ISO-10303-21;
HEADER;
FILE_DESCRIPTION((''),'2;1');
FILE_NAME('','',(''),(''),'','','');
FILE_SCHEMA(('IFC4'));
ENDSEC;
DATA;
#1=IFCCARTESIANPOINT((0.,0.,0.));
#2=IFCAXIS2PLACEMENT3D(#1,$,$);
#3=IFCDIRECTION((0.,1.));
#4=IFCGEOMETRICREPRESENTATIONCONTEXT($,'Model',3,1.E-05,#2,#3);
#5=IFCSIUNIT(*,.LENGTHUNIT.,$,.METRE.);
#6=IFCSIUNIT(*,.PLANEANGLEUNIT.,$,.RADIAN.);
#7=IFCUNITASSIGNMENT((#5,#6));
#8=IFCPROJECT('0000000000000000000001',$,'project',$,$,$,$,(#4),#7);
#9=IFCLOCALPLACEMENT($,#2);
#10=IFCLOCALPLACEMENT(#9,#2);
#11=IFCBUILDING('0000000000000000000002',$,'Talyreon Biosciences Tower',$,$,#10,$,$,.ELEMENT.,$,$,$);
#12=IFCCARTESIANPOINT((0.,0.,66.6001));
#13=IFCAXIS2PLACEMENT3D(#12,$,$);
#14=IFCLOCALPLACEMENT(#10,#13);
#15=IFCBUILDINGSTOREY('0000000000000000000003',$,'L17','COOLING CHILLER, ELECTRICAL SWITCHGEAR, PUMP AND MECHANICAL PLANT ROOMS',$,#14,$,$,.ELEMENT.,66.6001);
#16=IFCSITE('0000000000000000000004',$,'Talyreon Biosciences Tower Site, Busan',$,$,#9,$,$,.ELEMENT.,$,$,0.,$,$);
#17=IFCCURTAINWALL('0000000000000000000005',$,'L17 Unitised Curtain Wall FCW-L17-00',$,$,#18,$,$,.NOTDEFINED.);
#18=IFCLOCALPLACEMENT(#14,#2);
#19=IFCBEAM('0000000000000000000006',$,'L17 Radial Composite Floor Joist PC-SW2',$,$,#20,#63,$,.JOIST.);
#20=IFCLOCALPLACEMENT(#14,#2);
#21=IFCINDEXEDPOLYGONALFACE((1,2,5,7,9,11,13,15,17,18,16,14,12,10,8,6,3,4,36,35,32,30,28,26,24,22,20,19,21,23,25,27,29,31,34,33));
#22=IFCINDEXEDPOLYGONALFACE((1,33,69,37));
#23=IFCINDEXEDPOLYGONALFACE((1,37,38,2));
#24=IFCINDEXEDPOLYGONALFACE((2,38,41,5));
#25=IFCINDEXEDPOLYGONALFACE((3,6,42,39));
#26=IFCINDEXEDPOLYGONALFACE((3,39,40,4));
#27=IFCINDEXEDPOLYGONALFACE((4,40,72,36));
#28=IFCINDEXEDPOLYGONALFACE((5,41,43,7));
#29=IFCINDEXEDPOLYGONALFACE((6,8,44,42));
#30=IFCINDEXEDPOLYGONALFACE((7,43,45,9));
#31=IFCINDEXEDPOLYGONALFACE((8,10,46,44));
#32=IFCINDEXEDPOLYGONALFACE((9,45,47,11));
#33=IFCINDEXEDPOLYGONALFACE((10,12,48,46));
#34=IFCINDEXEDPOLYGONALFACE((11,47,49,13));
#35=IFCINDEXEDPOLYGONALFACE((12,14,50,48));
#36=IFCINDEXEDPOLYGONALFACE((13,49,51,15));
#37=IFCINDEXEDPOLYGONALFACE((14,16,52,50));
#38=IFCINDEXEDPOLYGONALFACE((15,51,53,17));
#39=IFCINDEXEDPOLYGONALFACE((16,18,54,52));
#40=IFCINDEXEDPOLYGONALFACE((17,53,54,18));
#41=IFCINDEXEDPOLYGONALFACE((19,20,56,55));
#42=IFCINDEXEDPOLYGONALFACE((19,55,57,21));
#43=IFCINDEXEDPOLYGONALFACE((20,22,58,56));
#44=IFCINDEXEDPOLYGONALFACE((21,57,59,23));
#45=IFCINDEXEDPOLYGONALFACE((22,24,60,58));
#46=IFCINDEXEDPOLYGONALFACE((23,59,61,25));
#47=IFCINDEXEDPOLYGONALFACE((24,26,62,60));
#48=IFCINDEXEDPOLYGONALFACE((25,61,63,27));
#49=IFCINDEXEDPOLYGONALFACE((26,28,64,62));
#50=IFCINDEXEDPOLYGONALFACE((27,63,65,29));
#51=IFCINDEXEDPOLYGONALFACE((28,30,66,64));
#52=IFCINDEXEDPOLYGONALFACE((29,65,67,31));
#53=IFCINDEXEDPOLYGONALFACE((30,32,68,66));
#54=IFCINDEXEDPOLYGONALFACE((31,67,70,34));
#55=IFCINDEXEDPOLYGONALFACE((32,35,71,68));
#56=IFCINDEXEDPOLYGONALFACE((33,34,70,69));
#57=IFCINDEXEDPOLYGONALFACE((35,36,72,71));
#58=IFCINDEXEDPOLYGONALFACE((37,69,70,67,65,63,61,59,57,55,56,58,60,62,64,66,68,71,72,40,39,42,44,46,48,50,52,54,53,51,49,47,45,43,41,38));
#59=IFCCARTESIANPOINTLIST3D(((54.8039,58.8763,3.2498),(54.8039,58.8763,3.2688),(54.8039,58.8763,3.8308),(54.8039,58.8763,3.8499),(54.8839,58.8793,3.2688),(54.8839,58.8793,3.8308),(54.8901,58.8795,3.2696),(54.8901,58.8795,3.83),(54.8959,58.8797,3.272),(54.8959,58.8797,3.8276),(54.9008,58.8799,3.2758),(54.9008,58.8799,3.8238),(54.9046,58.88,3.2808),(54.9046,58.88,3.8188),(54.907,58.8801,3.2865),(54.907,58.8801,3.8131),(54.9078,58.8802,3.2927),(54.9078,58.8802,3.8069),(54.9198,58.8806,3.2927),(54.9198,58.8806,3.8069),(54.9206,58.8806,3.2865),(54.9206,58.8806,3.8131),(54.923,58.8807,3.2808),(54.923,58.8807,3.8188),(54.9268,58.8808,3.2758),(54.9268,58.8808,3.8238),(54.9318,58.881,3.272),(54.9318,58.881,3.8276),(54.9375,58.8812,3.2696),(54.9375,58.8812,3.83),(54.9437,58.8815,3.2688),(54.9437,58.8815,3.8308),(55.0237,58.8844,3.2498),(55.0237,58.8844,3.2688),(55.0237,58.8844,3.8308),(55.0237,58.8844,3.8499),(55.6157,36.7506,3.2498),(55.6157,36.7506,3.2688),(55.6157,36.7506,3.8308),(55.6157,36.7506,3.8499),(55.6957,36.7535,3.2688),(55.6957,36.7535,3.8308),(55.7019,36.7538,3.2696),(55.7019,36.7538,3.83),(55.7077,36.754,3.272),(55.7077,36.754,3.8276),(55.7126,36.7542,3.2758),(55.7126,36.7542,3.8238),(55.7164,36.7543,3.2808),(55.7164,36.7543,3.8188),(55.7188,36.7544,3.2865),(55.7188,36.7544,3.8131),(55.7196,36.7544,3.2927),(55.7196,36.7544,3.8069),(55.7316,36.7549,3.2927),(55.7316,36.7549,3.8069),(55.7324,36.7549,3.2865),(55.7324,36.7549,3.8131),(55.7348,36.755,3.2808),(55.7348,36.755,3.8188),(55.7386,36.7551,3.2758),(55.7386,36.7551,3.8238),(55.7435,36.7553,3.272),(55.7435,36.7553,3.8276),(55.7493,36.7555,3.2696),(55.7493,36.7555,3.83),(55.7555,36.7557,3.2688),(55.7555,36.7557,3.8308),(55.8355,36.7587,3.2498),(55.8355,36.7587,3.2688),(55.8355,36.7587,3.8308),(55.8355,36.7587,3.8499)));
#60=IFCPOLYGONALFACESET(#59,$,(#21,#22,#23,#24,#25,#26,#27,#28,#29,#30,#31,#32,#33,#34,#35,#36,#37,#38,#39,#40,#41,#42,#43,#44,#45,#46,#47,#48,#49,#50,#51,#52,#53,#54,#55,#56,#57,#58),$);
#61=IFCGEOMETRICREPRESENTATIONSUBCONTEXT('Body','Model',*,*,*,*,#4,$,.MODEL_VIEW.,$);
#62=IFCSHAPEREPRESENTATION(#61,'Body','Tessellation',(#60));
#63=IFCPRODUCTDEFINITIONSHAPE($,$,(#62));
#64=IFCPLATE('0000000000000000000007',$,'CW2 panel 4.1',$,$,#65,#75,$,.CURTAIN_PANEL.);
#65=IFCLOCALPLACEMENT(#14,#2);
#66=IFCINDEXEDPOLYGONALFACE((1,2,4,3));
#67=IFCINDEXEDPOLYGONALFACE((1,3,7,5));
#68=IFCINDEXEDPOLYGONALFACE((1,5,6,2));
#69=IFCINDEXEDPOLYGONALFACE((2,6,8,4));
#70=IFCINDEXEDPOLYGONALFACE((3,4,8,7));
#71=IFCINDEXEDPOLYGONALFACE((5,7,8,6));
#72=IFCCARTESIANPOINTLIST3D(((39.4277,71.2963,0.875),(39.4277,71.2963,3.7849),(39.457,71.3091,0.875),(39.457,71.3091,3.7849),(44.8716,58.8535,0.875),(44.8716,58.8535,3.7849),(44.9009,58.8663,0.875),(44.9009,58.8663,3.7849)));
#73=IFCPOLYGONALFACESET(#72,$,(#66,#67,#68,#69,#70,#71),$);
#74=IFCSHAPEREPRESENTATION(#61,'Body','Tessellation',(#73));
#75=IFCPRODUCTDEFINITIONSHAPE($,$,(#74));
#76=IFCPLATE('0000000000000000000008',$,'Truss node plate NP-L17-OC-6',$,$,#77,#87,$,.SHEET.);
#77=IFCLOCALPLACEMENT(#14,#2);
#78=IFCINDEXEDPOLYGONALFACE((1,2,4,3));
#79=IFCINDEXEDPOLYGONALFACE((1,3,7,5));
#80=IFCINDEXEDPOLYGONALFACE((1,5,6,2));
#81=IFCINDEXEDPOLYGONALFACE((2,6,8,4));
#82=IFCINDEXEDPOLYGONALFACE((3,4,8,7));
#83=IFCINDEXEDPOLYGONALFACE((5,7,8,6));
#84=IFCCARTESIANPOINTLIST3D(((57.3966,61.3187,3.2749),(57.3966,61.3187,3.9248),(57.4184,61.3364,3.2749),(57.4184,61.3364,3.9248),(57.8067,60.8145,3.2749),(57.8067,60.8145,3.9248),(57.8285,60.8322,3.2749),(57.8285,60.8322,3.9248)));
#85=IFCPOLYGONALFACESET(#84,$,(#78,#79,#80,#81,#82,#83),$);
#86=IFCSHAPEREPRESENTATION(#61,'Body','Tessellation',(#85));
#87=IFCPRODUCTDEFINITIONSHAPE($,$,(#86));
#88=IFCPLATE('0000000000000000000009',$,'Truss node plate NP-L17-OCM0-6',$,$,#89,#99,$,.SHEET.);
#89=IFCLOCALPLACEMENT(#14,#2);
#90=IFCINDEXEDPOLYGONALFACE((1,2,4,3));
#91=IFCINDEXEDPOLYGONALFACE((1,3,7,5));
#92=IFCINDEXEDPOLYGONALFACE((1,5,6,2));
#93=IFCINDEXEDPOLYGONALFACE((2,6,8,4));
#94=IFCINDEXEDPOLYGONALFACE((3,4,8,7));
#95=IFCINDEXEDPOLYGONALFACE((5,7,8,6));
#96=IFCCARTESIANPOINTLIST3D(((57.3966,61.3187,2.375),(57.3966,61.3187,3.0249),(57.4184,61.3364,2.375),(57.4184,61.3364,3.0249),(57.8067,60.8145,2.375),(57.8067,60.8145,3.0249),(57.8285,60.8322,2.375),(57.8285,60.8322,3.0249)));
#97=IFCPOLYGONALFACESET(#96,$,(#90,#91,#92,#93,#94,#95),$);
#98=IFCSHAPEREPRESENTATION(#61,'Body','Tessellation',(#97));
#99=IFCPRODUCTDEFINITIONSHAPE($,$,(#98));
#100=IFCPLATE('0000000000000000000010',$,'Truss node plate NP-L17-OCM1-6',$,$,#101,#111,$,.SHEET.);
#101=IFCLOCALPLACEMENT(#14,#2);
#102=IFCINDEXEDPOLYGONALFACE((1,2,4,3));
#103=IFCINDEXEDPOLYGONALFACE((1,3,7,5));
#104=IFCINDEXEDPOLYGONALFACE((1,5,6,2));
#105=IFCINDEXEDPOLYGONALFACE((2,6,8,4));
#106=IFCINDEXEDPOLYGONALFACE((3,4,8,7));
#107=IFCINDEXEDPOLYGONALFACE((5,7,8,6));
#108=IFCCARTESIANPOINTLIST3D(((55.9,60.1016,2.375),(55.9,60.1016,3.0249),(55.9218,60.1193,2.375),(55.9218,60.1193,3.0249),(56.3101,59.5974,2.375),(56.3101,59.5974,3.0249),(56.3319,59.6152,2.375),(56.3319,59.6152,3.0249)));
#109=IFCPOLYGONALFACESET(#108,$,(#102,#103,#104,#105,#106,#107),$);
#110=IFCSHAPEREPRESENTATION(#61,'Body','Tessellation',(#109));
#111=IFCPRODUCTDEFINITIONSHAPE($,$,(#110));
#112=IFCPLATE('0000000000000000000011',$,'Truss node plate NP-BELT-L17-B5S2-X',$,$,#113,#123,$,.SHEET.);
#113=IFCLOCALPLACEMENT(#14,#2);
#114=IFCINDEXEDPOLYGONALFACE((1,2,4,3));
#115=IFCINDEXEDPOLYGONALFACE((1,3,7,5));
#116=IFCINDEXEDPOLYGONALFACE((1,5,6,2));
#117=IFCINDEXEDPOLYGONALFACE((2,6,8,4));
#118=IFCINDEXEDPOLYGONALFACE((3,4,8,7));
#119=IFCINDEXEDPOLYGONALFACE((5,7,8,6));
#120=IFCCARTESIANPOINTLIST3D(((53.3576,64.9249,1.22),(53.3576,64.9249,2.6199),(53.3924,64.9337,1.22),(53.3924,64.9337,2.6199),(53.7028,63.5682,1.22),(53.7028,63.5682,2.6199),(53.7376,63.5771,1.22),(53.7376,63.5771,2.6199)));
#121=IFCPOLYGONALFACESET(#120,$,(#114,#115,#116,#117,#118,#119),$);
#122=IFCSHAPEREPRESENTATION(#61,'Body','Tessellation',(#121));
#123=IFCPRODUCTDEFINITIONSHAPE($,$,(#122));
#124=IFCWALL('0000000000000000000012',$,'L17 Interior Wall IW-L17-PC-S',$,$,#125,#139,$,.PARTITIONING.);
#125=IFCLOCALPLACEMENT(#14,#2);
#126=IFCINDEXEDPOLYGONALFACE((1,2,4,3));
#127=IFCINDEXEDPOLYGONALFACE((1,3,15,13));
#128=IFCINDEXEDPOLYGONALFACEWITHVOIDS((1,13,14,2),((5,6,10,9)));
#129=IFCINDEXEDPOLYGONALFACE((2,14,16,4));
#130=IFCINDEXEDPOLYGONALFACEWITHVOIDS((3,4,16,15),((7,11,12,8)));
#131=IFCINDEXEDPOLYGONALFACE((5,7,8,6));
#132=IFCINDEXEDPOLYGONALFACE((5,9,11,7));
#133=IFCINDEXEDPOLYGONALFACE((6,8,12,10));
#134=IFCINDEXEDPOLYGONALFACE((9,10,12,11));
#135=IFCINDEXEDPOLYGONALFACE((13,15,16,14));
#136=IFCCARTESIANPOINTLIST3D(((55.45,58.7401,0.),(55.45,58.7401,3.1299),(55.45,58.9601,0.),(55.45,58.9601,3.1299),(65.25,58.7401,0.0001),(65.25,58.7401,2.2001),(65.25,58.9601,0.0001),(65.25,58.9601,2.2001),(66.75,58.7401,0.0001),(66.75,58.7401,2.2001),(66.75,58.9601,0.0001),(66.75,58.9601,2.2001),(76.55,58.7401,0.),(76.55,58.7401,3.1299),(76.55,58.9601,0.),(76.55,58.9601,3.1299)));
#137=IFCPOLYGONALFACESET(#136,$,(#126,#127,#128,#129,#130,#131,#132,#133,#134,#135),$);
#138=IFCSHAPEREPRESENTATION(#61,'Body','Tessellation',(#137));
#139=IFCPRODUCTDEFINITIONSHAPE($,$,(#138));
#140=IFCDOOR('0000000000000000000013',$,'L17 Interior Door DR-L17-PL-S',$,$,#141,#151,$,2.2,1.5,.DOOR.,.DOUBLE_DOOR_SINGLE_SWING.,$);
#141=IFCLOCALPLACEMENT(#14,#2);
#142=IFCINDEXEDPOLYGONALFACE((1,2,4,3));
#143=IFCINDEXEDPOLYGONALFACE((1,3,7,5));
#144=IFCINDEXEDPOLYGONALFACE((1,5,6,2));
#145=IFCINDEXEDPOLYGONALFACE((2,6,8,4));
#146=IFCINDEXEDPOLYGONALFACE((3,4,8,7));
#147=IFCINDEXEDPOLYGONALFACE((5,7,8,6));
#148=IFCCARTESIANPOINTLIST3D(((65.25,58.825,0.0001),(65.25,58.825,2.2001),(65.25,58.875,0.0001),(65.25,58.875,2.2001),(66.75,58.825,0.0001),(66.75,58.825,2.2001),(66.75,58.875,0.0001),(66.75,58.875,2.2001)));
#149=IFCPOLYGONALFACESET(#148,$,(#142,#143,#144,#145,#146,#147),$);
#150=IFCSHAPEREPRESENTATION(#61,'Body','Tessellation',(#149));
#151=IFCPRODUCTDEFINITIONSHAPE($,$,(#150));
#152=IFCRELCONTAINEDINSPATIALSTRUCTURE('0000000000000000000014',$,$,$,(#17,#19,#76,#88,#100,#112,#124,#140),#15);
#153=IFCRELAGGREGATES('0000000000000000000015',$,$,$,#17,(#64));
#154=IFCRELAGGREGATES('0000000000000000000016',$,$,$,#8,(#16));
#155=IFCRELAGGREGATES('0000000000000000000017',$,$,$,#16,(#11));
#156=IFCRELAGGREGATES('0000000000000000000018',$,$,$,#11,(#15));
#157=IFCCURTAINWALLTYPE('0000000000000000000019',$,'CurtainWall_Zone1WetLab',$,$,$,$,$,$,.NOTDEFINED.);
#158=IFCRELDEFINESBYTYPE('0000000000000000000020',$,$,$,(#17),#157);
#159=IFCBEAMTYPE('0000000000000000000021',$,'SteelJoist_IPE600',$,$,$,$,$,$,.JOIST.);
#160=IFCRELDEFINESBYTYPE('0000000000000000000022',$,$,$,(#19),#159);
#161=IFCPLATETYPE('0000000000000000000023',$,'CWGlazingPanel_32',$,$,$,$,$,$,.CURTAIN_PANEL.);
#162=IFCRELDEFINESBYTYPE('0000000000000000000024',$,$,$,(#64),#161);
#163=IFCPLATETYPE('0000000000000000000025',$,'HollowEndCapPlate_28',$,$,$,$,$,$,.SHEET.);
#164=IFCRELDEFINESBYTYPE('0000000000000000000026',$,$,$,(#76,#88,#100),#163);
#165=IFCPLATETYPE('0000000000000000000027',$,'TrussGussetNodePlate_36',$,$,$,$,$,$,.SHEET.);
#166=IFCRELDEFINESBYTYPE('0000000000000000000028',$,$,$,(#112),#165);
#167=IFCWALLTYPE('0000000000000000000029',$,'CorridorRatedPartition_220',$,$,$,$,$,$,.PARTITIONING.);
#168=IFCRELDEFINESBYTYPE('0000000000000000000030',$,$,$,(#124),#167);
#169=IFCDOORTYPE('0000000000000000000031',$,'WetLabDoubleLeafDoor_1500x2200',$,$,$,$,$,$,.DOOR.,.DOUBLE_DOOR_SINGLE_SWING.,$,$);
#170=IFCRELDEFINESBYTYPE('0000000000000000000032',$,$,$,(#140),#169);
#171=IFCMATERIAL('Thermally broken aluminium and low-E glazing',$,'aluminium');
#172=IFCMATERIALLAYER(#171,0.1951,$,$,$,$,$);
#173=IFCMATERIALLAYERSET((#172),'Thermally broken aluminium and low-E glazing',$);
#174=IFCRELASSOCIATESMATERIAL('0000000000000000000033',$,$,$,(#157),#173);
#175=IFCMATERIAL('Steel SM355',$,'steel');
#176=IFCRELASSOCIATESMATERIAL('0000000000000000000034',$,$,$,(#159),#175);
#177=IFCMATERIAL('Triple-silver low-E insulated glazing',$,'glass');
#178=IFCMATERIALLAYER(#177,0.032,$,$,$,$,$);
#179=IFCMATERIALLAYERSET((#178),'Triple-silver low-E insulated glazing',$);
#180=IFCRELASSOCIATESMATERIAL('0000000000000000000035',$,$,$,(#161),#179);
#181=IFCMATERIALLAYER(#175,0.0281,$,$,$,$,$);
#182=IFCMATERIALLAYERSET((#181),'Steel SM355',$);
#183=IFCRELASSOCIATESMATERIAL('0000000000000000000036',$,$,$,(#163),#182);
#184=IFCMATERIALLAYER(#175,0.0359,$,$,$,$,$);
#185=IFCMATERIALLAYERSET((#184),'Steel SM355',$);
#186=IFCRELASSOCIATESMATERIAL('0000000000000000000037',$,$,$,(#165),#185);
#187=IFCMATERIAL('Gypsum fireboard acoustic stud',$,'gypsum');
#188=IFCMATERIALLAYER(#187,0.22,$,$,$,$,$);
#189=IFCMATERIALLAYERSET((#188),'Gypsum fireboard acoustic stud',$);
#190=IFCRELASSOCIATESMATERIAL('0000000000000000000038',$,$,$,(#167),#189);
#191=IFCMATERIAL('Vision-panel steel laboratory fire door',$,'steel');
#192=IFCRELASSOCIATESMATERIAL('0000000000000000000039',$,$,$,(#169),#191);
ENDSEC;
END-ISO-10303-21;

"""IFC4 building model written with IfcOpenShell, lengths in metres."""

from ifc_helpers import new_model, si_unit, direction, frame, frame_2d, origin, origin_2d, place, context, subcontext, project, spatial, rectangle, i_section, extrude, material, layer, layer_set, material_profile, profile_set, type_object, element, fill, aggregate, save


model = new_model("IFC4")

# Units and contexts
model_context = context("Model", 3, precision=1e-05, world=origin(), true_north=direction((0.0, 1.0)))
body_context = subcontext(model_context, "Body", "Model", "MODEL_VIEW")
ifc_project = project(units=[si_unit("LENGTHUNIT", "METRE"), si_unit("PLANEANGLEUNIT", "RADIAN")], contexts=[model_context])

# Site, building, storey
site_placement = place(None, origin())
site = spatial("IfcSite", under=ifc_project, at=site_placement, Name="Talyreon Biosciences Tower Site, Busan", CompositionType="ELEMENT", RefElevation=0.0)
building_placement = place(site_placement, origin())
building = spatial("IfcBuilding", under=site, at=building_placement, Name="Talyreon Biosciences Tower", CompositionType="ELEMENT")
storey_placement = place(building_placement, frame((0.0, 0.0, 66.6001)))
storey = spatial("IfcBuildingStorey", under=building, at=storey_placement, Name="L17", Description="COOLING CHILLER, ELECTRICAL SWITCHGEAR, PUMP AND MECHANICAL PLANT ROOMS", CompositionType="ELEMENT", Elevation=66.6001)

# Shared definitions
ifc_material_1 = material(Name="Steel SM355", Category="steel")

# Curtain wall
ifc_material_2 = material(Name="Thermally broken aluminium and low-E glazing", Category="aluminium")
ifc_layer_1 = layer(ifc_material_2, 0.1951)
ifc_layer_set_1 = layer_set([ifc_layer_1], Name="Thermally broken aluminium and low-E glazing")
curtain_wall_type = type_object("IfcCurtainWallType", Name="CurtainWall_Zone1WetLab", PredefinedType="NOTDEFINED", material=ifc_layer_set_1)
curtain_wall_placement = place(storey_placement, origin())
curtain_wall = element("IfcCurtainWall", 1, at=curtain_wall_placement, inside=storey, type_object=curtain_wall_type, Name="L17 Unitised Curtain Wall FCW-L17-00", PredefinedType="NOTDEFINED")

# Beam
ifc_material_profile_1 = material_profile(ifc_material_1, i_section(OverallWidth=0.22, OverallDepth=0.6001, WebThickness=0.012, FlangeThickness=0.019, FilletRadius=0.0239, at=origin_2d()), Name="IPE600")
ifc_profile_set_1 = profile_set([ifc_material_profile_1], Name="Steel SM355")
beam_type_1 = type_object("IfcBeamType", Name="SteelJoist_IPE600", PredefinedType="JOIST", material=ifc_profile_set_1)
beam_1_placement = place(storey_placement, frame((54.9138, 58.8804, 3.5498), z_axis=(0.036664, -0.999328, 0.0), x_axis=(0.999328, 0.036664, 0.0)))
element("IfcBeam", 2, at=beam_1_placement, inside=storey, type_object=beam_type_1, Name="L17 Radial Composite Floor Joist PC-SW2", PredefinedType="JOIST", context=body_context, shape_type="SweptSolid", body=[
    extrude(i_section(OverallWidth=0.22, OverallDepth=0.6001, WebThickness=0.012, FlangeThickness=0.019, FilletRadius=0.0239, at=origin_2d()), origin(), (0.0, 0.0, 1.0), 22.1406),
])

# Plate
ifc_material_3 = material(Name="Triple-silver low-E insulated glazing", Category="glass")
ifc_layer_2 = layer(ifc_material_3, 0.032)
ifc_layer_set_2 = layer_set([ifc_layer_2], Name="Triple-silver low-E insulated glazing")
plate_type_1 = type_object("IfcPlateType", Name="CWGlazingPanel_32", PredefinedType="CURTAIN_PANEL", material=ifc_layer_set_2)
plate_1_placement = place(storey_placement, frame((42.1643, 65.0813, 0.875), z_axis=(0.0, 0.0, 1.0), x_axis=(-0.400831, 0.916152, 0.0)))
plate_1 = element("IfcPlate", 3, at=plate_1_placement, type_object=plate_type_1, Name="CW2 panel 4.1", PredefinedType="CURTAIN_PANEL", context=body_context, shape_type="SweptSolid", body=[
    extrude(rectangle(XDim=13.5815, YDim=0.032, at=origin_2d()), origin(), (0.0, 0.0, 1.0), 2.9099),
])
aggregate(curtain_wall, [plate_1])

# Plates
ifc_layer_3 = layer(ifc_material_1, 0.0281)
ifc_layer_set_3 = layer_set([ifc_layer_3], Name="Steel SM355")
plate_type_2 = type_object("IfcPlateType", Name="HollowEndCapPlate_28", PredefinedType="SHEET", material=ifc_layer_set_3)
for number, where, z_axis, x_axis, name in (
    (4, (57.6125, 61.0754, 3.2749), (0.0, 0.0, 1.0), (0.631001, -0.775782, 0.0), "Truss node plate NP-L17-OC-6"),
    (5, (57.6125, 61.0754, 2.375), (0.0, 0.0, 1.0), (0.631001, -0.775782, 0.0), "Truss node plate NP-L17-OCM0-6"),
    (6, (56.116, 59.8584, 2.375), (0.0, 0.0, 1.0), (0.631001, -0.775782, 0.0), "Truss node plate NP-L17-OCM1-6"),
):
    element("IfcPlate", number, at=place(storey_placement, frame(where, z_axis=z_axis, x_axis=x_axis)), inside=storey, type_object=plate_type_2, Name=name, PredefinedType="SHEET", context=body_context, shape_type="SweptSolid", body=[
        extrude(rectangle(XDim=0.6499, YDim=0.0281, at=origin_2d()), origin(), (0.0, 0.0, 1.0), 0.6499),
    ])
ifc_layer_4 = layer(ifc_material_1, 0.0359)
ifc_layer_set_4 = layer_set([ifc_layer_4], Name="Steel SM355")
plate_type_3 = type_object("IfcPlateType", Name="TrussGussetNodePlate_36", PredefinedType="SHEET", material=ifc_layer_set_4)
plate_2_placement = place(storey_placement, frame((53.5476, 64.251, 1.22), z_axis=(0.0, 0.0, 1.0), x_axis=(0.246542, -0.969132, 0.0)))
element("IfcPlate", 7, at=plate_2_placement, inside=storey, type_object=plate_type_3, Name="Truss node plate NP-BELT-L17-B5S2-X", PredefinedType="SHEET", context=body_context, shape_type="SweptSolid", body=[
    extrude(rectangle(XDim=1.3999, YDim=0.0359, at=origin_2d()), origin(), (0.0, 0.0, 1.0), 1.3999),
])

# Wall, opening, door
ifc_material_4 = material(Name="Gypsum fireboard acoustic stud", Category="gypsum")
ifc_layer_5 = layer(ifc_material_4, 0.22)
ifc_layer_set_5 = layer_set([ifc_layer_5], Name="Gypsum fireboard acoustic stud")
wall_type_1 = type_object("IfcWallType", Name="CorridorRatedPartition_220", PredefinedType="PARTITIONING", material=ifc_layer_set_5)
wall_1_placement = place(storey_placement, frame((55.45, 58.8501, 0.0), z_axis=(0.0, 0.0, 1.0), x_axis=(1.0, 0.0, 0.0)))
wall_1 = element("IfcWall", 8, at=wall_1_placement, inside=storey, type_object=wall_type_1, Name="L17 Interior Wall IW-L17-PC-S", PredefinedType="PARTITIONING", context=body_context, shape_type="SweptSolid", body=[
    extrude(rectangle(XDim=21.1001, YDim=0.22, at=frame_2d((10.55, 0.0))), origin(), (0.0, 0.0, 1.0), 3.1299),
])
opening_1_placement = place(wall_1_placement, frame((9.8, 0.0, 0.0)))
opening_1 = element("IfcOpeningElement", 9, at=opening_1_placement, cuts=wall_1, PredefinedType="OPENING", context=body_context, shape_type="SweptSolid", body=[
    extrude(rectangle(XDim=1.5, YDim=2.2, at=frame_2d((0.75, 1.1001))), frame((0.0, 0.1199, 0.0), z_axis=(0.0, -1.0, 0.0), x_axis=(1.0, 0.0, 0.0)), (0.0, 0.0, 1.0), 0.24),
])
ifc_material_5 = material(Name="Vision-panel steel laboratory fire door", Category="steel")
door_type_1 = type_object("IfcDoorType", Name="WetLabDoubleLeafDoor_1500x2200", OperationType="DOUBLE_DOOR_SINGLE_SWING", PredefinedType="DOOR", material=ifc_material_5)
door_1_placement = place(opening_1_placement, origin())
door_1 = element("IfcDoor", 10, at=door_1_placement, inside=storey, type_object=door_type_1, Name="L17 Interior Door DR-L17-PL-S", OperationType="DOUBLE_DOOR_SINGLE_SWING", OverallHeight=2.2, OverallWidth=1.5, PredefinedType="DOOR", context=body_context, shape_type="SweptSolid", body=[
    extrude(rectangle(XDim=1.5, YDim=2.2, at=frame_2d((0.75, 1.1001))), frame((0.0, 0.0249, 0.0), z_axis=(0.0, -1.0, 0.0), x_axis=(1.0, 0.0, 0.0)), (0.0, 0.0, 1.0), 0.05),
])
fill(opening_1, door_1)

save(model, "model.ifc")
